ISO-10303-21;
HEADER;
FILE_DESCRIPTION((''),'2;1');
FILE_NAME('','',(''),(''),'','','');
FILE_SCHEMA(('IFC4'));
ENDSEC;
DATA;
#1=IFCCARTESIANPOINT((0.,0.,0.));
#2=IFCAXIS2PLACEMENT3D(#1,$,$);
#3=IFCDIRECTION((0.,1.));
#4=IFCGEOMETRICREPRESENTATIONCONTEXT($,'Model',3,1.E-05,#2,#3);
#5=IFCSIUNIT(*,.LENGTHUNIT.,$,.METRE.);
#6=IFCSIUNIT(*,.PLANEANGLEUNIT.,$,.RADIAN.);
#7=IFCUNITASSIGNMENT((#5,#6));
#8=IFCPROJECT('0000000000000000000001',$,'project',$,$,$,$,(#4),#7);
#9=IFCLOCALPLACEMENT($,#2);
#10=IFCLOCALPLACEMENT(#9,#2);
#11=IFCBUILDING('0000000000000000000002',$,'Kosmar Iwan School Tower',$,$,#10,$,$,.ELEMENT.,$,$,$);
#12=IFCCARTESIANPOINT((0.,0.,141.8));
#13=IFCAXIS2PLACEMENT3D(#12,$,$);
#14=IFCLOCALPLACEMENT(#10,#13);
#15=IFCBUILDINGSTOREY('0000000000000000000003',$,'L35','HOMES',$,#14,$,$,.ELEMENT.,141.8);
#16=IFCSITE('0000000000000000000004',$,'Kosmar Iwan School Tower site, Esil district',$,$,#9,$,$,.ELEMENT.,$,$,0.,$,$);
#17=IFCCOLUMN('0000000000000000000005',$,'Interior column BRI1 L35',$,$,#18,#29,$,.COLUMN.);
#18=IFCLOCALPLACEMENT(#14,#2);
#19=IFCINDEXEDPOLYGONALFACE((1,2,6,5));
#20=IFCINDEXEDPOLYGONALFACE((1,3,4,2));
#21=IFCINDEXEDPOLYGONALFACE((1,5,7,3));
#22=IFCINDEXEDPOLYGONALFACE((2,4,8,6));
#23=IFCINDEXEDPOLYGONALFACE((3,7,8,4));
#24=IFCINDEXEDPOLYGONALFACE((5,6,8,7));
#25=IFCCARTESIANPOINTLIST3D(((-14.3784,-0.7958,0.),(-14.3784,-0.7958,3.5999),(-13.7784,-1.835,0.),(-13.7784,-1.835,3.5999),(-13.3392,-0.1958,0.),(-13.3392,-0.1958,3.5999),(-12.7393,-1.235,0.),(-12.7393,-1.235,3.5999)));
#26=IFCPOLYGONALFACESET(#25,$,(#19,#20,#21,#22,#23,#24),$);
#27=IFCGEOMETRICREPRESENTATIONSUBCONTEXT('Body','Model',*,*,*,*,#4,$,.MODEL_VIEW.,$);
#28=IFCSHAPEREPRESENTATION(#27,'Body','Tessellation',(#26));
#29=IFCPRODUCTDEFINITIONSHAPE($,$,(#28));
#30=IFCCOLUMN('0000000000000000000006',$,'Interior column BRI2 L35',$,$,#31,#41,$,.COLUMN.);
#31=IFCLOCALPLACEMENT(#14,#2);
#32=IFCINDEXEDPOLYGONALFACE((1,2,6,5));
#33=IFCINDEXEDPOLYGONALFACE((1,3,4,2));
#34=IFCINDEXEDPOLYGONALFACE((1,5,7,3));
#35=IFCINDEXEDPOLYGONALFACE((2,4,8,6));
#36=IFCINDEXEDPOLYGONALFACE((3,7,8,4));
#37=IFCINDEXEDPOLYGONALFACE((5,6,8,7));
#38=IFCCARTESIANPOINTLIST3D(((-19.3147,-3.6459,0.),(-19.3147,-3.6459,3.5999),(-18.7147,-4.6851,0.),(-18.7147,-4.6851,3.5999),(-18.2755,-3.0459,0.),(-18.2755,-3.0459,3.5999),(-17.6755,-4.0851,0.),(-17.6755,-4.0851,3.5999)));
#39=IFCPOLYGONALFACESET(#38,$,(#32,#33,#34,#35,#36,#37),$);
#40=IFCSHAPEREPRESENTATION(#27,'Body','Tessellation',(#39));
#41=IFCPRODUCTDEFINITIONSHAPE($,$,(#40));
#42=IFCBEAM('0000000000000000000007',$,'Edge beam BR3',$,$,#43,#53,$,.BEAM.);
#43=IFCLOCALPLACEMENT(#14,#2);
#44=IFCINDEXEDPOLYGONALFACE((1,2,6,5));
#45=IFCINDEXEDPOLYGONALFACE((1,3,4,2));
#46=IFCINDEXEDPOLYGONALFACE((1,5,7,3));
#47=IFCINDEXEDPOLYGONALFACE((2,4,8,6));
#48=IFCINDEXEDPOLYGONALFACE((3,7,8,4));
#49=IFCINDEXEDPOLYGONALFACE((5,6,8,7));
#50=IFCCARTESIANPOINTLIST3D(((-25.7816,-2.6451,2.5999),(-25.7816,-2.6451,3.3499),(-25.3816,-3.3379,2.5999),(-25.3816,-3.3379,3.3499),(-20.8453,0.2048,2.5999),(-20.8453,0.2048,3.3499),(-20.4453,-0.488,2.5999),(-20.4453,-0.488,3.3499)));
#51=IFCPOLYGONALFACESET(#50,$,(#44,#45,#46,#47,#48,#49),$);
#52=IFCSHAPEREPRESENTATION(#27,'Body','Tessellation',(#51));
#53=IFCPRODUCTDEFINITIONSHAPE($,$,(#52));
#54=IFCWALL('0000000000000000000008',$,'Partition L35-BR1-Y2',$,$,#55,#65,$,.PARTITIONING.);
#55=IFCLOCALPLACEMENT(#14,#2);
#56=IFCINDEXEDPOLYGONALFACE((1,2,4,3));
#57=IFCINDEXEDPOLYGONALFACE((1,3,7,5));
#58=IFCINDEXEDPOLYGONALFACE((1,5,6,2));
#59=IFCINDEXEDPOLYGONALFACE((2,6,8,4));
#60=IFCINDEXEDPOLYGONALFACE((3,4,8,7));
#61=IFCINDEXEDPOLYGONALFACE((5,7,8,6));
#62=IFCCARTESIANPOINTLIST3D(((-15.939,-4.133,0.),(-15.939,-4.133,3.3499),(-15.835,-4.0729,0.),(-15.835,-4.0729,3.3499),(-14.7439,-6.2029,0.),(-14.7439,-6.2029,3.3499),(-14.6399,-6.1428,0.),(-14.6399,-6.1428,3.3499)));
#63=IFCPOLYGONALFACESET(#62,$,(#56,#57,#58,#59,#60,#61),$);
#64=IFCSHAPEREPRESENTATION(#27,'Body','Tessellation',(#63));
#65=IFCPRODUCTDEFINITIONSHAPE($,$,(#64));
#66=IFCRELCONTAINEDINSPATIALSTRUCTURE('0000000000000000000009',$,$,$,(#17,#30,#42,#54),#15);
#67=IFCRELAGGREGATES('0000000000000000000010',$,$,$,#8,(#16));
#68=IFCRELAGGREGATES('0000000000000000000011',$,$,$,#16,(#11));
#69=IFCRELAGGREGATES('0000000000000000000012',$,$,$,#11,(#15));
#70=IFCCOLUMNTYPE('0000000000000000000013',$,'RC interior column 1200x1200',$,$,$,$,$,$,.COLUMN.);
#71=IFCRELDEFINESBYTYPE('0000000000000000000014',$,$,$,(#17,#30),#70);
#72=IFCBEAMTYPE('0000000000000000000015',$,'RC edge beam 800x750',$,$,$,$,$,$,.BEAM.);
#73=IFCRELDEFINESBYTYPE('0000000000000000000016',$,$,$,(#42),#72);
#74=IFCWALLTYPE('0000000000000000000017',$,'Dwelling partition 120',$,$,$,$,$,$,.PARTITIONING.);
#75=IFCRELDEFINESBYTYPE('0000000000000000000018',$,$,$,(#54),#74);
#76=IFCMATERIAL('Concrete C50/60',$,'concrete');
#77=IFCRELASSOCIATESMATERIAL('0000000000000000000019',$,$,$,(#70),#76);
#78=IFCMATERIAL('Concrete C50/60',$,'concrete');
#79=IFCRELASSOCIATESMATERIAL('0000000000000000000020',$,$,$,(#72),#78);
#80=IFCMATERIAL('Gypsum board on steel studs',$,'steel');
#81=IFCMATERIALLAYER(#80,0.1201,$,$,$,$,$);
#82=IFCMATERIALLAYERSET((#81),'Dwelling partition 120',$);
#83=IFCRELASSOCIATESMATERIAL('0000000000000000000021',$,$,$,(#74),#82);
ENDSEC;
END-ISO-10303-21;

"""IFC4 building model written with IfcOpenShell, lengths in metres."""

from ifc_helpers import new_model, si_unit, direction, frame, frame_2d, origin, origin_2d, place, context, subcontext, project, spatial, rectangle, extrude, material, layer, layer_set, material_profile, profile_set, type_object, element, save


model = new_model("IFC4")

# Units and contexts
model_context = context("Model", 3, precision=1e-05, world=origin(), true_north=direction((0.0, 1.0)))
body_context = subcontext(model_context, "Body", "Model", "MODEL_VIEW")
ifc_project = project(units=[si_unit("LENGTHUNIT", "METRE"), si_unit("PLANEANGLEUNIT", "RADIAN")], contexts=[model_context])

# Site, building, storey
site_placement = place(None, origin())
site = spatial("IfcSite", under=ifc_project, at=site_placement, Name="Kosmar Iwan School Tower site, Esil district", CompositionType="ELEMENT", RefElevation=0.0)
building_placement = place(site_placement, origin())
building = spatial("IfcBuilding", under=site, at=building_placement, Name="Kosmar Iwan School Tower", CompositionType="ELEMENT")
storey_placement = place(building_placement, frame((0.0, 0.0, 141.8)))
storey = spatial("IfcBuildingStorey", under=building, at=storey_placement, Name="L35", Description="HOMES", CompositionType="ELEMENT", Elevation=141.8)

# Columns
ifc_material_1 = material(Name="Concrete C50/60", Category="concrete")
ifc_material_profile_1 = material_profile(ifc_material_1, rectangle(XDim=1.2, YDim=1.2, at=origin_2d()), Name="RC 1200x1200")
ifc_profile_set_1 = profile_set([ifc_material_profile_1], Name="Concrete C50/60")
column_type = type_object("IfcColumnType", Name="RC interior column 1200x1200", PredefinedType="COLUMN", material=ifc_profile_set_1)
for number, where, z_axis, x_axis, name in (
    (1, (-13.5588, -1.0154, 0.0), (0.0, 0.0, 1.0), (-0.866025, -0.5, 0.0), "Interior column BRI1 L35"),
    (2, (-18.4951, -3.8655, 0.0), (0.0, 0.0, 1.0), (-0.866025, -0.5, 0.0), "Interior column BRI2 L35"),
):
    element("IfcColumn", number, at=place(storey_placement, frame(where, z_axis=z_axis, x_axis=x_axis)), inside=storey, type_object=column_type, Name=name, PredefinedType="COLUMN", context=body_context, shape_type="SweptSolid", body=[
        extrude(rectangle(XDim=1.2, YDim=1.2, at=origin_2d()), origin(), (0.0, 0.0, 1.0), 3.5999),
    ])

# Beam
ifc_material_2 = material(Name="Concrete C50/60", Category="concrete")
ifc_material_profile_2 = material_profile(ifc_material_2, rectangle(XDim=0.8, YDim=0.75, at=origin_2d()), Name="RC 800x750")
ifc_profile_set_2 = profile_set([ifc_material_profile_2], Name="Concrete C50/60")
beam_type = type_object("IfcBeamType", Name="RC edge beam 800x750", PredefinedType="BEAM", material=ifc_profile_set_2)
beam_placement = place(storey_placement, frame((-20.6453, -0.1416, 2.9749), z_axis=(-0.866034, -0.499986, 0.0), x_axis=(0.499986, -0.866034, 0.0)))
element("IfcBeam", 3, at=beam_placement, inside=storey, type_object=beam_type, Name="Edge beam BR3", PredefinedType="BEAM", context=body_context, shape_type="SweptSolid", body=[
    extrude(rectangle(XDim=0.8, YDim=0.75, at=origin_2d()), origin(), (0.0, 0.0, 1.0), 5.7),
])

# Wall
ifc_material_3 = material(Name="Gypsum board on steel studs", Category="steel")
ifc_layer = layer(ifc_material_3, 0.1201)
ifc_layer_set = layer_set([ifc_layer], Name="Dwelling partition 120")
wall_type = type_object("IfcWallType", Name="Dwelling partition 120", PredefinedType="PARTITIONING", material=ifc_layer_set)
wall_1_placement = place(storey_placement, frame((-14.6919, -6.1729, 0.0), z_axis=(0.0, 0.0, 1.0), x_axis=(-0.500017, 0.866015, 0.0)))
element("IfcWall", 4, at=wall_1_placement, inside=storey, type_object=wall_type, Name="Partition L35-BR1-Y2", PredefinedType="PARTITIONING", context=body_context, shape_type="SweptSolid", body=[
    extrude(rectangle(XDim=2.3901, YDim=0.1201, at=frame_2d((1.1951, 0.0))), origin(), (0.0, 0.0, 1.0), 3.3499),
])

save(model, "model.ifc")
